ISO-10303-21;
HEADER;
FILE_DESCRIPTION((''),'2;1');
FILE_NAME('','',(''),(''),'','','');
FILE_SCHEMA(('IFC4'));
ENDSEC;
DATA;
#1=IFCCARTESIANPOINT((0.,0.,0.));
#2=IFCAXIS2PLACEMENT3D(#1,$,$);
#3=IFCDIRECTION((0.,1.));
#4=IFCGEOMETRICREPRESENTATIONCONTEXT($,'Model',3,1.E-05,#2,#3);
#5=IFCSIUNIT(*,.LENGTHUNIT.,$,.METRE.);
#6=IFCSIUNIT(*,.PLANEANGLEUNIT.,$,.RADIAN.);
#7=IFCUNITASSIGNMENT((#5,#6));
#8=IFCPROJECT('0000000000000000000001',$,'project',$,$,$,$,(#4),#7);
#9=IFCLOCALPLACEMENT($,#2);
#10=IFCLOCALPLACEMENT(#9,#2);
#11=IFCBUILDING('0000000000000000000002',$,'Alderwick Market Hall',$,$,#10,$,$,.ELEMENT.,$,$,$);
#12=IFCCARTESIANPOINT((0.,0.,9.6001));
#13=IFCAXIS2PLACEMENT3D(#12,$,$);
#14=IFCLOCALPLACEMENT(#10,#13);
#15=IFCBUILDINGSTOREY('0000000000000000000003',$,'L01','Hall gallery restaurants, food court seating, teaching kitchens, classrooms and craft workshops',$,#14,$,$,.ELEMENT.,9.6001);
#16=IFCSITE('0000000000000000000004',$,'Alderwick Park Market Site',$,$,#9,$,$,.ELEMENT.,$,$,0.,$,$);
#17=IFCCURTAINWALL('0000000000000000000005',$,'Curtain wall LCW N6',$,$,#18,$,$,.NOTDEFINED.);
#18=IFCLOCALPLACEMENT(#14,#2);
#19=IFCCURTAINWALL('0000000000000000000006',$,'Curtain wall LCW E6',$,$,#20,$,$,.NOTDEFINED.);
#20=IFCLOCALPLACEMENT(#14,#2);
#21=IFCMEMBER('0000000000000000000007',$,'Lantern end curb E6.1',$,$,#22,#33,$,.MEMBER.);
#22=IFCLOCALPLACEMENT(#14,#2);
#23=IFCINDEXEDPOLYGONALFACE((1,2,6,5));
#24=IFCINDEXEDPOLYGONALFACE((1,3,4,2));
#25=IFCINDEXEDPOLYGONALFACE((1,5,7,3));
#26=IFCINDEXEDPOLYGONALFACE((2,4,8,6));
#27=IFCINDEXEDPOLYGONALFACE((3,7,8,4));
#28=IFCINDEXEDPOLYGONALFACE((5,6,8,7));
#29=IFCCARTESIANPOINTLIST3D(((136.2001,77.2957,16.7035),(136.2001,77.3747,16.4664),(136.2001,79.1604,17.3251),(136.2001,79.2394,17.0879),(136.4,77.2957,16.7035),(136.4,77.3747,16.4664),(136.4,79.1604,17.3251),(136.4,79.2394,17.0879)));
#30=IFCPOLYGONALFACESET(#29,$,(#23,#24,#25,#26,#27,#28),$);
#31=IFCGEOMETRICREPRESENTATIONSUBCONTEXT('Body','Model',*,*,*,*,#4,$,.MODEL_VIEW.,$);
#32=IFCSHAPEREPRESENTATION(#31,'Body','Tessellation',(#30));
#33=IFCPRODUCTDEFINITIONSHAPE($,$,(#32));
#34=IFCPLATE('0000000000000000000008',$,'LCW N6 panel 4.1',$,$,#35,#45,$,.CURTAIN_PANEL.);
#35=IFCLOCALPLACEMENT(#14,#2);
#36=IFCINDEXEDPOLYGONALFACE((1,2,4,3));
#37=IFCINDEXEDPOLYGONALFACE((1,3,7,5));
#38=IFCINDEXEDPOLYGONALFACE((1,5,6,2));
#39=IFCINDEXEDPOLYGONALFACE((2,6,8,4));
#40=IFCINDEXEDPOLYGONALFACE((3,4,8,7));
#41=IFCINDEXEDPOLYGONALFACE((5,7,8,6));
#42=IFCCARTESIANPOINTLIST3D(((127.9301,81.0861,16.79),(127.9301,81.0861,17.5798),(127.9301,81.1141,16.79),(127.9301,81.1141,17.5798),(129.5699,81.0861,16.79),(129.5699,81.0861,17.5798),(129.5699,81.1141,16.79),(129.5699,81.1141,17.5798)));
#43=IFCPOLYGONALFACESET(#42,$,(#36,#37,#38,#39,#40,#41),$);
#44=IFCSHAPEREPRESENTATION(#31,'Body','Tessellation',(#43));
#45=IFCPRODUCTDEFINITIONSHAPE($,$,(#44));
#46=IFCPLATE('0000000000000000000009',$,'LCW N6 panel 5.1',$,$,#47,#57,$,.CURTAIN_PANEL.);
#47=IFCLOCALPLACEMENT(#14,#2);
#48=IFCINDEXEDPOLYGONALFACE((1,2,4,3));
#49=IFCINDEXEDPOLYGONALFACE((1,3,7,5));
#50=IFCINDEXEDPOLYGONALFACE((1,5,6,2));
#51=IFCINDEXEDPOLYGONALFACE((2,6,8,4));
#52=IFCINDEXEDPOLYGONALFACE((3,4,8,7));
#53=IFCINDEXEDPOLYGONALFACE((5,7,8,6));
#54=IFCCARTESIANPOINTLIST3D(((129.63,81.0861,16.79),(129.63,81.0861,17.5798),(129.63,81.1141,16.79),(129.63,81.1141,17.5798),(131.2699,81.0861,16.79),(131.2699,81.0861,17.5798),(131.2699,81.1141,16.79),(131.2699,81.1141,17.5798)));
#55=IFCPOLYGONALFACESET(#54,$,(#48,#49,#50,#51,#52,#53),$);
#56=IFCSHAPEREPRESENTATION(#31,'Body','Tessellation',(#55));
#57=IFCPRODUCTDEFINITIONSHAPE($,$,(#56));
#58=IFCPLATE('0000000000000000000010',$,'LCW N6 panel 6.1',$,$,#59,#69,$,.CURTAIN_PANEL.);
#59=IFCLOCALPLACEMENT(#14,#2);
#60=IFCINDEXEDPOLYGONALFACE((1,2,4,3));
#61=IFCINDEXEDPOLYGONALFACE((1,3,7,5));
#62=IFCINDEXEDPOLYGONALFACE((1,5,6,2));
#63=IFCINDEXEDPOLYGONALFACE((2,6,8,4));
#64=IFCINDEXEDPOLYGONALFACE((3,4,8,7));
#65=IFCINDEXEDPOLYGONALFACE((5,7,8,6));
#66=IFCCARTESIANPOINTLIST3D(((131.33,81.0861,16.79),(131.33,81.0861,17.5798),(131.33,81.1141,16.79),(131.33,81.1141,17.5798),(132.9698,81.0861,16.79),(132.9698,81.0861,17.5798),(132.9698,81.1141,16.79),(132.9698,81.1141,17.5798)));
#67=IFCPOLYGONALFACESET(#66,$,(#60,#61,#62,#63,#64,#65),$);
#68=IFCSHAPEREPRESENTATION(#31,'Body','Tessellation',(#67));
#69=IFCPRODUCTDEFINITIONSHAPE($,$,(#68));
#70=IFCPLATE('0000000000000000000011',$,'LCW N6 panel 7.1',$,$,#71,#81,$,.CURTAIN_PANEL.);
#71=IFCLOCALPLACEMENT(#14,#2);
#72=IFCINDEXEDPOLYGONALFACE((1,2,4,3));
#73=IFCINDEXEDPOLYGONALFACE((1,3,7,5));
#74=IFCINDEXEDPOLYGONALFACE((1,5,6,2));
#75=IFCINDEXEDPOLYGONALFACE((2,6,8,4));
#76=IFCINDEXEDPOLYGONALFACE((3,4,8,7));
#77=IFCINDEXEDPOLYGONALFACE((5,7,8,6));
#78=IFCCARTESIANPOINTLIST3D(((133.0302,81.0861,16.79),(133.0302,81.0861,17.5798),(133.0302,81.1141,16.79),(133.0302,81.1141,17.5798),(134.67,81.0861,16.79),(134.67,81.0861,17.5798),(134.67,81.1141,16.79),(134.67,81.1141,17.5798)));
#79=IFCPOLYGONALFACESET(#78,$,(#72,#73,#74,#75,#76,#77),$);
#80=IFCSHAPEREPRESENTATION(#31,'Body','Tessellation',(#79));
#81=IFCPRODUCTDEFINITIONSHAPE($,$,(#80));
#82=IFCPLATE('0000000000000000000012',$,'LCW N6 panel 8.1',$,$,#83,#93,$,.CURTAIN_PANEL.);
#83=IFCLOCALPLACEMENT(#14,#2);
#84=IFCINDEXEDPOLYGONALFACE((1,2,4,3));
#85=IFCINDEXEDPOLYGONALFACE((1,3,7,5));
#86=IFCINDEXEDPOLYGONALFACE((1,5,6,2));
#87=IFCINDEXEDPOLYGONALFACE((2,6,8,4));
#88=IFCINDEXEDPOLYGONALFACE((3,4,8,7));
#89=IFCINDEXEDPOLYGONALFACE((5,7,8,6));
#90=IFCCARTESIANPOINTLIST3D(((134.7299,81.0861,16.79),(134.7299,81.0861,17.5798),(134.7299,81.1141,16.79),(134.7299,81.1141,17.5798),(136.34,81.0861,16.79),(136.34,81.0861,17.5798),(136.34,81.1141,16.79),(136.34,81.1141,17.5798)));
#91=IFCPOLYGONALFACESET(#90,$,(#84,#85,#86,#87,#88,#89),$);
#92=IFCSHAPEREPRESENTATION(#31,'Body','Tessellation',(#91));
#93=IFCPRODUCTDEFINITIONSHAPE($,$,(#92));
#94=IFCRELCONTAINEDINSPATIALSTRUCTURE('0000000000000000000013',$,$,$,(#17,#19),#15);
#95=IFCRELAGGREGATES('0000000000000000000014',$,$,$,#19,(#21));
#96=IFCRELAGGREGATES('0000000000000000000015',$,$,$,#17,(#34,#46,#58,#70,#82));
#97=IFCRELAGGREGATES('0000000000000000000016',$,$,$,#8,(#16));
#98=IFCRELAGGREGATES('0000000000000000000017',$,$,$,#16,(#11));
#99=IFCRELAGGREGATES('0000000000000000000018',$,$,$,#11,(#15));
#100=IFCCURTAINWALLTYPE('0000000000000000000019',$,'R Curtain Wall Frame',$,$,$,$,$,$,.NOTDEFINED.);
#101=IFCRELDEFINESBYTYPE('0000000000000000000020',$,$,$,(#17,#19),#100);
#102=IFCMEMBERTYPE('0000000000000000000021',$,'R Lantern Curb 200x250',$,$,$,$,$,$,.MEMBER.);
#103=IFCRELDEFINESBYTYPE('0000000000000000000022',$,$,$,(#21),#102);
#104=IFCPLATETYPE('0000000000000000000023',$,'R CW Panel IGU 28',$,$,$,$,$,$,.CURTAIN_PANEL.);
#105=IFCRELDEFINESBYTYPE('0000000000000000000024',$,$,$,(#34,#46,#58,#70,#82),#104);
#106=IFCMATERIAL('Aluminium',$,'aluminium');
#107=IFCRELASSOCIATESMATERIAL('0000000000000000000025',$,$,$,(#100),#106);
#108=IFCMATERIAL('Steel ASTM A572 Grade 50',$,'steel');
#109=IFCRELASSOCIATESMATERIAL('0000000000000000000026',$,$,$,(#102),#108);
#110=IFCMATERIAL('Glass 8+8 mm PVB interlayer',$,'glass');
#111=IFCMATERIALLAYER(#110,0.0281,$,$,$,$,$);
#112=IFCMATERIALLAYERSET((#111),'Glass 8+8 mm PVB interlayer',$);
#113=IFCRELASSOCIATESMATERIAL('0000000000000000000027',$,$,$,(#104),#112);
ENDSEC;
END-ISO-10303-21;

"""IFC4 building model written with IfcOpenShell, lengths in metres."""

from ifc_helpers import new_model, si_unit, direction, frame, origin, origin_2d, place, context, subcontext, project, spatial, rectangle, extrude, material, layer, layer_set, material_profile, profile_set, type_object, element, aggregate, save


model = new_model("IFC4")

# Units and contexts
model_context = context("Model", 3, precision=1e-05, world=origin(), true_north=direction((0.0, 1.0)))
body_context = subcontext(model_context, "Body", "Model", "MODEL_VIEW")
ifc_project = project(units=[si_unit("LENGTHUNIT", "METRE"), si_unit("PLANEANGLEUNIT", "RADIAN")], contexts=[model_context])

# Site, building, storey
site_placement = place(None, origin())
site = spatial("IfcSite", under=ifc_project, at=site_placement, Name="Alderwick Park Market Site", CompositionType="ELEMENT", RefElevation=0.0)
building_placement = place(site_placement, origin())
building = spatial("IfcBuilding", under=site, at=building_placement, Name="Alderwick Market Hall", CompositionType="ELEMENT")
storey_placement = place(building_placement, frame((0.0, 0.0, 9.6001)))
storey = spatial("IfcBuildingStorey", under=building, at=storey_placement, Name="L01", Description="Hall gallery restaurants, food court seating, teaching kitchens, classrooms and craft workshops", CompositionType="ELEMENT", Elevation=9.6001)

# Curtain wall
ifc_material_1 = material(Name="Aluminium", Category="aluminium")
curtain_wall_type = type_object("IfcCurtainWallType", Name="R Curtain Wall Frame", PredefinedType="NOTDEFINED", material=ifc_material_1)
curtain_wall_1_placement = place(storey_placement, origin())
curtain_wall_1 = element("IfcCurtainWall", 1, at=curtain_wall_1_placement, inside=storey, type_object=curtain_wall_type, Name="Curtain wall LCW N6", PredefinedType="NOTDEFINED")

# Curtain wall, member
curtain_wall_2_placement = place(storey_placement, origin())
curtain_wall_2 = element("IfcCurtainWall", 2, at=curtain_wall_2_placement, inside=storey, type_object=curtain_wall_type, Name="Curtain wall LCW E6", PredefinedType="NOTDEFINED")
ifc_material_2 = material(Name="Steel ASTM A572 Grade 50", Category="steel")
ifc_material_profile_1 = material_profile(ifc_material_2, rectangle(XDim=0.2, YDim=0.25, at=origin_2d()), Name="Steel plate curb 200x250")
ifc_profile_set_1 = profile_set([ifc_material_profile_1], Name="Steel ASTM A572 Grade 50")
member_type_1 = type_object("IfcMemberType", Name="R Lantern Curb 200x250", PredefinedType="MEMBER", material=ifc_profile_set_1)
member_1_placement = place(storey_placement, frame((136.3, 77.3352, 16.585), z_axis=(0.0, 0.948683, 0.316228), x_axis=(-1.0, 0.0, 0.0)))
member_1 = element("IfcMember", 3, at=member_1_placement, type_object=member_type_1, Name="Lantern end curb E6.1", PredefinedType="MEMBER", context=body_context, shape_type="SweptSolid", body=[
    extrude(rectangle(XDim=0.2, YDim=0.25, at=origin_2d()), origin(), (0.0, 0.0, 1.0), 1.9656),
])
aggregate(curtain_wall_2, [member_1])

# Plates
ifc_material_3 = material(Name="Glass 8+8 mm PVB interlayer", Category="glass")
ifc_layer = layer(ifc_material_3, 0.0281)
ifc_layer_set = layer_set([ifc_layer], Name="Glass 8+8 mm PVB interlayer")
plate_type = type_object("IfcPlateType", Name="R CW Panel IGU 28", PredefinedType="CURTAIN_PANEL", material=ifc_layer_set)
plate_1_placement = place(storey_placement, frame((128.75, 81.1001, 16.79), z_axis=(0.0, 0.0, 1.0), x_axis=(1.0, 0.0, 0.0)))
plate_1 = element("IfcPlate", 4, at=plate_1_placement, type_object=plate_type, Name="LCW N6 panel 4.1", PredefinedType="CURTAIN_PANEL", context=body_context, shape_type="SweptSolid", body=[
    extrude(rectangle(XDim=1.6399, YDim=0.0281, at=origin_2d()), origin(), (0.0, 0.0, 1.0), 0.7898),
])
plate_2_placement = place(storey_placement, frame((130.45, 81.1001, 16.79), z_axis=(0.0, 0.0, 1.0), x_axis=(1.0, 0.0, 0.0)))
plate_2 = element("IfcPlate", 5, at=plate_2_placement, type_object=plate_type, Name="LCW N6 panel 5.1", PredefinedType="CURTAIN_PANEL", context=body_context, shape_type="SweptSolid", body=[
    extrude(rectangle(XDim=1.6399, YDim=0.0281, at=origin_2d()), origin(), (0.0, 0.0, 1.0), 0.7898),
])
plate_3_placement = place(storey_placement, frame((132.1499, 81.1001, 16.79), z_axis=(0.0, 0.0, 1.0), x_axis=(1.0, 0.0, 0.0)))
plate_3 = element("IfcPlate", 6, at=plate_3_placement, type_object=plate_type, Name="LCW N6 panel 6.1", PredefinedType="CURTAIN_PANEL", context=body_context, shape_type="SweptSolid", body=[
    extrude(rectangle(XDim=1.6399, YDim=0.0281, at=origin_2d()), origin(), (0.0, 0.0, 1.0), 0.7898),
])
plate_4_placement = place(storey_placement, frame((133.8501, 81.1001, 16.79), z_axis=(0.0, 0.0, 1.0), x_axis=(1.0, 0.0, 0.0)))
plate_4 = element("IfcPlate", 7, at=plate_4_placement, type_object=plate_type, Name="LCW N6 panel 7.1", PredefinedType="CURTAIN_PANEL", context=body_context, shape_type="SweptSolid", body=[
    extrude(rectangle(XDim=1.6399, YDim=0.0281, at=origin_2d()), origin(), (0.0, 0.0, 1.0), 0.7898),
])
plate_5_placement = place(storey_placement, frame((135.5349, 81.1001, 16.79), z_axis=(0.0, 0.0, 1.0), x_axis=(1.0, 0.0, 0.0)))
plate_5 = element("IfcPlate", 8, at=plate_5_placement, type_object=plate_type, Name="LCW N6 panel 8.1", PredefinedType="CURTAIN_PANEL", context=body_context, shape_type="SweptSolid", body=[
    extrude(rectangle(XDim=1.6101, YDim=0.0281, at=origin_2d()), origin(), (0.0, 0.0, 1.0), 0.7898),
])
aggregate(curtain_wall_1, [plate_1, plate_2, plate_3, plate_4, plate_5])

save(model, "model.ifc")
